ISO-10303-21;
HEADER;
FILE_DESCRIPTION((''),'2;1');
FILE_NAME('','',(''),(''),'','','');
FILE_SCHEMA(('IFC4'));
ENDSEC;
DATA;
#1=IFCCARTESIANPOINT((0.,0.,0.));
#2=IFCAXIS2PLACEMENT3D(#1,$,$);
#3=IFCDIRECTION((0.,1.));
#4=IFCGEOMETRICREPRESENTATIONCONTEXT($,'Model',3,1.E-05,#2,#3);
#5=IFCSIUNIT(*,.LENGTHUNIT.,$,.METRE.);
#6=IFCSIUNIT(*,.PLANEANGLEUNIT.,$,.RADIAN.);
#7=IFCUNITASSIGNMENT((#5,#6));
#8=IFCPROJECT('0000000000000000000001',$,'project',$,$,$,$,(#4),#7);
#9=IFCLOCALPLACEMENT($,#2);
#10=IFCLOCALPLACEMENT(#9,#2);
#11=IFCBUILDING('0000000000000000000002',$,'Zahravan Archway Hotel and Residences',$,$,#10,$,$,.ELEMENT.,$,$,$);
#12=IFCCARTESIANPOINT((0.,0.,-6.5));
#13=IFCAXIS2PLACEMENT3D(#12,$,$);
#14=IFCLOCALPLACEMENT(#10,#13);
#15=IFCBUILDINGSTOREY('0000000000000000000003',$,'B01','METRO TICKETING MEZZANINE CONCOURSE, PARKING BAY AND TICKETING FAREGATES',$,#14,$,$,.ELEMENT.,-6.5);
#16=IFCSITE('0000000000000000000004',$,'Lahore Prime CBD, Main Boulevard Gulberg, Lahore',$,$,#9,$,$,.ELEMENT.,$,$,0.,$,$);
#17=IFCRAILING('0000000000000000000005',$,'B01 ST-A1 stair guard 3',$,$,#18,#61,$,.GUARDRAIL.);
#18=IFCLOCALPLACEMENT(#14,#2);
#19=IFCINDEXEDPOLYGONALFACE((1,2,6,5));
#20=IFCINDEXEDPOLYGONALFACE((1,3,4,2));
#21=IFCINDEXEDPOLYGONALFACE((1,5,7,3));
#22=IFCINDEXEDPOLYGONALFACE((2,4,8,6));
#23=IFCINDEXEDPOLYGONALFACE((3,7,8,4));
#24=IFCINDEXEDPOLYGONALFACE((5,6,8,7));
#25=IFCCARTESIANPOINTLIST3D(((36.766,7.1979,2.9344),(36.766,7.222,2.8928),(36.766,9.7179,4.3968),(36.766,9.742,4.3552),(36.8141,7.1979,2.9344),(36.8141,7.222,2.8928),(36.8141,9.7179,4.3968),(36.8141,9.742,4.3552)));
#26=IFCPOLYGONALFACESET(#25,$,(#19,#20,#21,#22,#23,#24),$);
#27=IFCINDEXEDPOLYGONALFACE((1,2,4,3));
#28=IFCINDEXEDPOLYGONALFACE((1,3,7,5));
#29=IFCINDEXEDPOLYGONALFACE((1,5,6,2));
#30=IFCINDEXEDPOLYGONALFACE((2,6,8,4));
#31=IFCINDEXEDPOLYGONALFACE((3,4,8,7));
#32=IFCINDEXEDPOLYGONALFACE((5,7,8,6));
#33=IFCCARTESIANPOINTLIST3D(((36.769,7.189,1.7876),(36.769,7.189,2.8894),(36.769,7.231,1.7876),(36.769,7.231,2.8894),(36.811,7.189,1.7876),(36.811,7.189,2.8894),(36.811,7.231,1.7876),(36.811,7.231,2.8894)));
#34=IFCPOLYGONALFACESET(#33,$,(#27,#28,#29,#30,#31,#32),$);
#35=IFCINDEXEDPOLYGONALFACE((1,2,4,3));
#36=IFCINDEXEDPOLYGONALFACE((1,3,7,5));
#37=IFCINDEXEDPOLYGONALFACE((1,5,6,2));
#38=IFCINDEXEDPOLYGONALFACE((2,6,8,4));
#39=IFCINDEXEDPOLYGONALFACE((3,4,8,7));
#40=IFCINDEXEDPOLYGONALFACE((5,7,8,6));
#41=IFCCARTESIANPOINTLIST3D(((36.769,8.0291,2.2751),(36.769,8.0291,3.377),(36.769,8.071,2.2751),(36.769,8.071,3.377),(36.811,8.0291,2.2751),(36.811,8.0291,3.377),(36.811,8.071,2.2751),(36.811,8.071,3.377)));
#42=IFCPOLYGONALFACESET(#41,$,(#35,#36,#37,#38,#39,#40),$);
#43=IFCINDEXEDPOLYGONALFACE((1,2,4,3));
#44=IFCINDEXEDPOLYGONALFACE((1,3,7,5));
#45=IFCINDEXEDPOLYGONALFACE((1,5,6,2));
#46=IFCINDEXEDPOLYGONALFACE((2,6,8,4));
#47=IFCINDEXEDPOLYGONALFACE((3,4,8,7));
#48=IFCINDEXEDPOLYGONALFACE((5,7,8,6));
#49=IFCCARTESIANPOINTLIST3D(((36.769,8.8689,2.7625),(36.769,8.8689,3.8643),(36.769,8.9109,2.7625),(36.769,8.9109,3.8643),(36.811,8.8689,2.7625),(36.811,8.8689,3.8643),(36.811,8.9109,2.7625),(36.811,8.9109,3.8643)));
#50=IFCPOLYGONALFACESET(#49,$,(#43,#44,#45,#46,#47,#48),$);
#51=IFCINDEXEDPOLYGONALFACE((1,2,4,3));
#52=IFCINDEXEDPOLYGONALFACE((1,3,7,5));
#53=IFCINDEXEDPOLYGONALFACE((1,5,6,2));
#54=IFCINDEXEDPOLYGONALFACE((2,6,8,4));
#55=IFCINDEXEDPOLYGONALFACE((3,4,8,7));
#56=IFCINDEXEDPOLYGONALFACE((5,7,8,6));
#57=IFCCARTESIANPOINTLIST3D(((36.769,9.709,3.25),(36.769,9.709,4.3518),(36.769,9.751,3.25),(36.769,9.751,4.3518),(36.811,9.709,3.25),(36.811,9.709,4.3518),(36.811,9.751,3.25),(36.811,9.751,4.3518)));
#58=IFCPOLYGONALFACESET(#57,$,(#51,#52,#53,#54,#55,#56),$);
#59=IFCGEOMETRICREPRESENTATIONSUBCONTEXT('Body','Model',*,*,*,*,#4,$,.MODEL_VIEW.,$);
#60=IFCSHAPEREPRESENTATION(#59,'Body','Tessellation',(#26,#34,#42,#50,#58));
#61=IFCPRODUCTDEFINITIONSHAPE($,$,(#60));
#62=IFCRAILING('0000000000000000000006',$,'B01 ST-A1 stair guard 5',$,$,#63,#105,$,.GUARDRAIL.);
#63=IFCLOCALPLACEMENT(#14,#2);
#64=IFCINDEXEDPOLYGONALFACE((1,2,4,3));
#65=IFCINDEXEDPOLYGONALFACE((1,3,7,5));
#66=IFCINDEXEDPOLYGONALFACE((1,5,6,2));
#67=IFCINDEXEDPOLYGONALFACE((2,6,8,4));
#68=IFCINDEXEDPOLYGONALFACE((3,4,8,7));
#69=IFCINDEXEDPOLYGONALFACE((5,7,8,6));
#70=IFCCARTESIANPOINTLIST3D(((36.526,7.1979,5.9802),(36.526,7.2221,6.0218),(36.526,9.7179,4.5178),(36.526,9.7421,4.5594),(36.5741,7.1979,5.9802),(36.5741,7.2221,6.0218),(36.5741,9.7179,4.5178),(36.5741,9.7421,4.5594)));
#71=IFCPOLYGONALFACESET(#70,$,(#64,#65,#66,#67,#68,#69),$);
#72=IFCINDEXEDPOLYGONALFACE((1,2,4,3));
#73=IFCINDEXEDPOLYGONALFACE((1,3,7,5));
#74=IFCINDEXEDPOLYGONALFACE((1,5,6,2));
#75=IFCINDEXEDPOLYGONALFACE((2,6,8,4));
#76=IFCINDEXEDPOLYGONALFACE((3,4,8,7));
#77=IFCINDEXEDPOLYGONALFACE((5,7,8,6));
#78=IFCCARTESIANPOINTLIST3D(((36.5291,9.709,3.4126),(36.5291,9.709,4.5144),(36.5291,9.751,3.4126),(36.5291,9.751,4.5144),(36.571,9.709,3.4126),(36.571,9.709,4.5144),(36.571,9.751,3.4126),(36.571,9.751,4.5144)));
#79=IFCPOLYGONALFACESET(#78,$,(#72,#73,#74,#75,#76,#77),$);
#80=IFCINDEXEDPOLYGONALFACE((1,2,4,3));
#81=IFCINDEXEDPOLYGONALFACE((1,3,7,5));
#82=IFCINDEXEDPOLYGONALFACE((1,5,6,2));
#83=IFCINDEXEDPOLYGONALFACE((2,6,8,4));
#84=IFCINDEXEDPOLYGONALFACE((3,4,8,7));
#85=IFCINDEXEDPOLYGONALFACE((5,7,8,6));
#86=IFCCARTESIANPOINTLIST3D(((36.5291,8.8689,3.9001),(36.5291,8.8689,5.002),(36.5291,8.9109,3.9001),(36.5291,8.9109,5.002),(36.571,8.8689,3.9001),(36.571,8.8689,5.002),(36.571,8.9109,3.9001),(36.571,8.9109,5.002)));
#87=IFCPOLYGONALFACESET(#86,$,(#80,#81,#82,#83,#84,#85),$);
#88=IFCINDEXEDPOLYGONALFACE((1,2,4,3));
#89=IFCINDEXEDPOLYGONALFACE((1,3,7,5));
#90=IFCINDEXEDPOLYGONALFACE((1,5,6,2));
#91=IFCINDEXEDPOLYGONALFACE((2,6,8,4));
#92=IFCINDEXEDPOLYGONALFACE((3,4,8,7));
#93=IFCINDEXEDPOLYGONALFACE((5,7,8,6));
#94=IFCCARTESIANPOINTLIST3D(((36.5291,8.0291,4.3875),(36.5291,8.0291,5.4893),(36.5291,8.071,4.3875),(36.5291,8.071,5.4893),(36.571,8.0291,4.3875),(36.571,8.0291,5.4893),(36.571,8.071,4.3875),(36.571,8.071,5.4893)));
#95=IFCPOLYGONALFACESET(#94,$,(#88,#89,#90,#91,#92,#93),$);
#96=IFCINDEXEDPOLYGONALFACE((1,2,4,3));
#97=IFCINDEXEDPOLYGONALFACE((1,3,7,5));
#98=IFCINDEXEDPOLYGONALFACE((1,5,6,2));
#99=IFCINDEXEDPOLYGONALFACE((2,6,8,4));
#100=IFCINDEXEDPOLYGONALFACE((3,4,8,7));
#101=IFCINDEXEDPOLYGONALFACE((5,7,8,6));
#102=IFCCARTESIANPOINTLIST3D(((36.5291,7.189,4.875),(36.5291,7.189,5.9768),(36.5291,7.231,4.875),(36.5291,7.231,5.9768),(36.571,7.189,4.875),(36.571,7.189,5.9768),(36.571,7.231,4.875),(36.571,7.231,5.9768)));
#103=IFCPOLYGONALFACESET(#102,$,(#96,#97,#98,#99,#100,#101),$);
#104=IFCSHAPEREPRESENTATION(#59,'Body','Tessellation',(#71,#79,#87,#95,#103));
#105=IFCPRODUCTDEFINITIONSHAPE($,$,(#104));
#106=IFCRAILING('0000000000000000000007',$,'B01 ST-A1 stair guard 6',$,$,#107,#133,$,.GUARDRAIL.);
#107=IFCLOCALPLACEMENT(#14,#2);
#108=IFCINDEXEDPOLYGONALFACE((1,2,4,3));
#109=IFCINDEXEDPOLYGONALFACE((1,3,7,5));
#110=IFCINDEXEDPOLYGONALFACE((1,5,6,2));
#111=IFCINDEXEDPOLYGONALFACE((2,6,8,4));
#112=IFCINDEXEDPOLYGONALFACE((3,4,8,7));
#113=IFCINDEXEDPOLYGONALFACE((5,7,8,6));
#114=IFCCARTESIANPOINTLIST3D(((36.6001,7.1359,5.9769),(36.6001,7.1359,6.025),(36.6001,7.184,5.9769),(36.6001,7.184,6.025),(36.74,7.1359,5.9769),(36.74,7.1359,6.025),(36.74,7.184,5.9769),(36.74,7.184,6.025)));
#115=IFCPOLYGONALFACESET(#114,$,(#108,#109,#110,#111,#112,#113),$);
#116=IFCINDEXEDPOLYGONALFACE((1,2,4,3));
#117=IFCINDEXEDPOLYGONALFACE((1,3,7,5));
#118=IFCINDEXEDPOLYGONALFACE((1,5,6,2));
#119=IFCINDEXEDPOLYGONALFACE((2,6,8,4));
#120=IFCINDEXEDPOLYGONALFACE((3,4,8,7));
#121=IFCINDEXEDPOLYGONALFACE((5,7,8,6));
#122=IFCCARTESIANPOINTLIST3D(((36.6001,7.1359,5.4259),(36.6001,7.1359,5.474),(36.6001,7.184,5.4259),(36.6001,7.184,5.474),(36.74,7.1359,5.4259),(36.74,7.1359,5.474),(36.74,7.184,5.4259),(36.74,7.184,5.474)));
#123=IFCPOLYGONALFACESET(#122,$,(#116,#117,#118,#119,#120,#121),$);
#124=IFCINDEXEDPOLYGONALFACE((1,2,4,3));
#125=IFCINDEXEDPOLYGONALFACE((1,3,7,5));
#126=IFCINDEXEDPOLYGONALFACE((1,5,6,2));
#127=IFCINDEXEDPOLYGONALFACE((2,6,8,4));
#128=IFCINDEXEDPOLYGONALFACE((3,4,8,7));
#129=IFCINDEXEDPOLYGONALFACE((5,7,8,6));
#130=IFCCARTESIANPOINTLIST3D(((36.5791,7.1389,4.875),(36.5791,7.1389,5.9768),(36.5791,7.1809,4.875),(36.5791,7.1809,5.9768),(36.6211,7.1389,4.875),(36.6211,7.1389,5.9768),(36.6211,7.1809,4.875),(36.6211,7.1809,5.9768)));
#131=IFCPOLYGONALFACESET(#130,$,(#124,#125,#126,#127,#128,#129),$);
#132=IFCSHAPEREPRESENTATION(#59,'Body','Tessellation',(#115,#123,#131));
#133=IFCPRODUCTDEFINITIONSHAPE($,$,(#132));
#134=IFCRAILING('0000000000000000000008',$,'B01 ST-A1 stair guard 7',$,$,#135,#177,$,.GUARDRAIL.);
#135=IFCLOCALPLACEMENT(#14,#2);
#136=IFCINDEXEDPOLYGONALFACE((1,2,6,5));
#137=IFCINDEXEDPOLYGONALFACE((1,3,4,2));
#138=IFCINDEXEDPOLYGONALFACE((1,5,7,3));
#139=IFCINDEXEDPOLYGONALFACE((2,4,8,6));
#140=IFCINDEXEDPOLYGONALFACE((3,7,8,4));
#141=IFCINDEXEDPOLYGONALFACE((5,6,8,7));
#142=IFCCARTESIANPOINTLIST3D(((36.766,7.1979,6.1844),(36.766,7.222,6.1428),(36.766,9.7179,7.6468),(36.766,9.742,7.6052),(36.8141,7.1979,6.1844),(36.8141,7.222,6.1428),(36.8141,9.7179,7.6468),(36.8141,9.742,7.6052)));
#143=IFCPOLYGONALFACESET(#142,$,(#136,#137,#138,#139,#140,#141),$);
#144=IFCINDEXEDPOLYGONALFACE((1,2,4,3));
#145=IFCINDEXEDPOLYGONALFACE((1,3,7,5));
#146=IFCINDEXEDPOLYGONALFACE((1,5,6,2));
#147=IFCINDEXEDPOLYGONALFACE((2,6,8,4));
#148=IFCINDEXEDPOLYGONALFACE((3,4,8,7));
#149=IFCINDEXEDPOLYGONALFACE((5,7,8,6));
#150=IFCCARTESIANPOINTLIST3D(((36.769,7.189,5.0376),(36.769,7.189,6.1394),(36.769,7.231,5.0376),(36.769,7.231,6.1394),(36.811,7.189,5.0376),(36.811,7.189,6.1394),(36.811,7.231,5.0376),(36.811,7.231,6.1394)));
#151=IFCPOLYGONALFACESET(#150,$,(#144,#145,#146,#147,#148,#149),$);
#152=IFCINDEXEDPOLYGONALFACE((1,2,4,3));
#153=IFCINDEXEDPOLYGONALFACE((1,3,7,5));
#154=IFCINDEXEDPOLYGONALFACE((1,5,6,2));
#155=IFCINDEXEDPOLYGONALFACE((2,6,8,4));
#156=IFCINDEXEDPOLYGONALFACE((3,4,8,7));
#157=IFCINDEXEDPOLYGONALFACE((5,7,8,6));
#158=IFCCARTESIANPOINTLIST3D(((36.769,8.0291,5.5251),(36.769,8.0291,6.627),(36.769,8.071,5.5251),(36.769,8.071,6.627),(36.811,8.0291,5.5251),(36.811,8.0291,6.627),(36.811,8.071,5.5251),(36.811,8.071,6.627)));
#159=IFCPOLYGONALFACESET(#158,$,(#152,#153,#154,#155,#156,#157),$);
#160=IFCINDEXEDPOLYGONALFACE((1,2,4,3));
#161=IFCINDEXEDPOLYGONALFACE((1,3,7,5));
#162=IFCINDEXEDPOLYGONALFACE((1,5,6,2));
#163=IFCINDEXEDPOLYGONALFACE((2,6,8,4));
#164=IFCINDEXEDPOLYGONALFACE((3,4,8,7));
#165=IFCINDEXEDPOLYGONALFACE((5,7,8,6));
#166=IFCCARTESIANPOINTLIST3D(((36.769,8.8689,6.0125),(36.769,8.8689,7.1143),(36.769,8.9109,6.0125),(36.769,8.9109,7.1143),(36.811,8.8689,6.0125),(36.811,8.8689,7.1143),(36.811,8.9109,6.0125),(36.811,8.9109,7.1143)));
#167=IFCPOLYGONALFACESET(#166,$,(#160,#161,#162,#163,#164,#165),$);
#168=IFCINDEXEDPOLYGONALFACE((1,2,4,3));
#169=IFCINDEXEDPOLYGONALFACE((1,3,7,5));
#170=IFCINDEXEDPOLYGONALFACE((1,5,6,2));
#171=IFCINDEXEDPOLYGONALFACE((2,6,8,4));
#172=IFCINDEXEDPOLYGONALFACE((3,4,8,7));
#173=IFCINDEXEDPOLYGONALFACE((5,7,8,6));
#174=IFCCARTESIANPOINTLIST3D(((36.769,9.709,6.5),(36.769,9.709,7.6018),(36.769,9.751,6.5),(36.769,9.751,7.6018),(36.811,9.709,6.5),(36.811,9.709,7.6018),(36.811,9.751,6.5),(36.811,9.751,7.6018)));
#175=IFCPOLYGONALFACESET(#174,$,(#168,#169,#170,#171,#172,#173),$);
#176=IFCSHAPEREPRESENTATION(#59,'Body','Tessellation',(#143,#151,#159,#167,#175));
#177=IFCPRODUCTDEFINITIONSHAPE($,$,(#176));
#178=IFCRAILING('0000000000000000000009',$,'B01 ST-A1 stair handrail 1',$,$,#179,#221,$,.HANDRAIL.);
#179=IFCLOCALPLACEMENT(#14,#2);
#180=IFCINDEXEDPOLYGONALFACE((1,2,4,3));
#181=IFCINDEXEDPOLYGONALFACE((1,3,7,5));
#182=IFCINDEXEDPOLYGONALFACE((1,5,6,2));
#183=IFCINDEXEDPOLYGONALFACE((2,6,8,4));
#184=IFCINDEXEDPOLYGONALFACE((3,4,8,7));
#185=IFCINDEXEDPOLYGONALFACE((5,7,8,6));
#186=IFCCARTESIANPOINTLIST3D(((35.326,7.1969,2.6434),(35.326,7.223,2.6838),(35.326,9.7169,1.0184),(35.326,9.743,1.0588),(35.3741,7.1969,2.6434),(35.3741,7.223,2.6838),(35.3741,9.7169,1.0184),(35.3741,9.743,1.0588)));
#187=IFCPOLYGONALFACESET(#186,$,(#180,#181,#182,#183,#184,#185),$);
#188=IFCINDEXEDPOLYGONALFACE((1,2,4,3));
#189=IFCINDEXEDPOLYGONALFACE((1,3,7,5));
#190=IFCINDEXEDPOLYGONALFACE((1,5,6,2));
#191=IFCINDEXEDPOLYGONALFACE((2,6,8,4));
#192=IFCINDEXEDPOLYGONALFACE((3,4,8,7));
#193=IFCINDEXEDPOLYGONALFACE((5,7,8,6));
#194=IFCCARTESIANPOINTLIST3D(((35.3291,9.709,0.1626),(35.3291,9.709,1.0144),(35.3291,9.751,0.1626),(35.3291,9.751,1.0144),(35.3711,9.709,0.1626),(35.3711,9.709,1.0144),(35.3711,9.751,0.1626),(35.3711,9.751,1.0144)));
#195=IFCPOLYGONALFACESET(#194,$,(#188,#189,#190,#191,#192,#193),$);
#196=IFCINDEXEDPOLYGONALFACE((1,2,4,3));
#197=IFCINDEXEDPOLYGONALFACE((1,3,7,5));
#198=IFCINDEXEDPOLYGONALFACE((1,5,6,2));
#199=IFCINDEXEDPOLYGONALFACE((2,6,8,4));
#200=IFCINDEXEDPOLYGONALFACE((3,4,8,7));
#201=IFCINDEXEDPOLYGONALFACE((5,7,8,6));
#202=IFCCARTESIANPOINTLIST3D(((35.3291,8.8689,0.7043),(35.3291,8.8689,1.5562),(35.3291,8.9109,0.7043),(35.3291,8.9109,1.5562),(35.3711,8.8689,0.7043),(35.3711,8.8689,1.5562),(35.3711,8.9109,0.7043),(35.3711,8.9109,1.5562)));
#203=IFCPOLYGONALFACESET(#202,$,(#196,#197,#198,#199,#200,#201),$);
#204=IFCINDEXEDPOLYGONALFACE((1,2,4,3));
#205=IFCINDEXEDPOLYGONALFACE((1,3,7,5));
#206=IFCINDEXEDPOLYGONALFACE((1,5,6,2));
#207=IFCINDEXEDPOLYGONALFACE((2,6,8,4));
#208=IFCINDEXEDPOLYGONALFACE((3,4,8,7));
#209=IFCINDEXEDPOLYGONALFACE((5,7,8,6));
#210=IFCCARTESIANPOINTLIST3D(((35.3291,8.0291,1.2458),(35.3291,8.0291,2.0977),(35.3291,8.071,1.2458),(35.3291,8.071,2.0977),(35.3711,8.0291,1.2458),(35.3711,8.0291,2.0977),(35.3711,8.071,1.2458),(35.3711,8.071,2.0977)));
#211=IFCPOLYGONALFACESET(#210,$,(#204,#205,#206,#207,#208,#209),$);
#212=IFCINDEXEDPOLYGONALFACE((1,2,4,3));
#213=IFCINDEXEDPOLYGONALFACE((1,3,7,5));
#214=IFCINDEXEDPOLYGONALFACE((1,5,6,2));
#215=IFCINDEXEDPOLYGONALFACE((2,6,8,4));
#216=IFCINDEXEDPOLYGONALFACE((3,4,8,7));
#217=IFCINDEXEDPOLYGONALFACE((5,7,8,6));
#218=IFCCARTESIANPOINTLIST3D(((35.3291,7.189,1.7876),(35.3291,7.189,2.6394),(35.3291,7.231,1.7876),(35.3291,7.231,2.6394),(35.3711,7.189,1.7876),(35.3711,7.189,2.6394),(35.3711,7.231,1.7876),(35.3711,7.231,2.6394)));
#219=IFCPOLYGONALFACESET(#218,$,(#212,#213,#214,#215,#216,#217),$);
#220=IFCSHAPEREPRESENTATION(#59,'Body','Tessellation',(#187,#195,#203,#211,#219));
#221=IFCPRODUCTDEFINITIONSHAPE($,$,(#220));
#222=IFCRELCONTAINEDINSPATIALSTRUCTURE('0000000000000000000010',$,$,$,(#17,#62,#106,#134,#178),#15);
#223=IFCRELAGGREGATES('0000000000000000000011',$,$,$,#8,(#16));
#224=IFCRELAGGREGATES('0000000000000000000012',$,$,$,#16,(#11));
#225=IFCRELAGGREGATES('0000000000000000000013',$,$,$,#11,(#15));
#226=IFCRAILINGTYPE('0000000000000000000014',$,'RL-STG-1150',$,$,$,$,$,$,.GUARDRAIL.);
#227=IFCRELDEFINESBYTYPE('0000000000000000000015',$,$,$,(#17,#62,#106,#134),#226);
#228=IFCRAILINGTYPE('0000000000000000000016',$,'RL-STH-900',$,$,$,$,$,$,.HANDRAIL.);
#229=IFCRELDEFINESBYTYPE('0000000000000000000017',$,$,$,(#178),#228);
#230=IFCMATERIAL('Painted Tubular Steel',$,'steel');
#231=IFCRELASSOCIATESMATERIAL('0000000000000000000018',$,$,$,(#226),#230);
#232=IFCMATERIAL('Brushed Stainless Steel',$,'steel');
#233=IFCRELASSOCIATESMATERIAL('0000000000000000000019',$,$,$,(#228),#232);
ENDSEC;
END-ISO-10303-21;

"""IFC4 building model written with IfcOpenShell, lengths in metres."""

from ifc_helpers import new_model, si_unit, direction, frame, origin, origin_2d, place, context, subcontext, project, spatial, rectangle, extrude, material, type_object, element, save


model = new_model("IFC4")

# Units and contexts
model_context = context("Model", 3, precision=1e-05, world=origin(), true_north=direction((0.0, 1.0)))
body_context = subcontext(model_context, "Body", "Model", "MODEL_VIEW")
ifc_project = project(units=[si_unit("LENGTHUNIT", "METRE"), si_unit("PLANEANGLEUNIT", "RADIAN")], contexts=[model_context])

# Site, building, storey
site_placement = place(None, origin())
site = spatial("IfcSite", under=ifc_project, at=site_placement, Name="Lahore Prime CBD, Main Boulevard Gulberg, Lahore", CompositionType="ELEMENT", RefElevation=0.0)
building_placement = place(site_placement, origin())
building = spatial("IfcBuilding", under=site, at=building_placement, Name="Zahravan Archway Hotel and Residences", CompositionType="ELEMENT")
storey_placement = place(building_placement, frame((0.0, 0.0, -6.5)))
storey = spatial("IfcBuildingStorey", under=building, at=storey_placement, Name="B01", Description="METRO TICKETING MEZZANINE CONCOURSE, PARKING BAY AND TICKETING FAREGATES", CompositionType="ELEMENT", Elevation=-6.5)

# Railings
ifc_material_1 = material(Name="Painted Tubular Steel", Category="steel")
railing_type_1 = type_object("IfcRailingType", Name="RL-STG-1150", PredefinedType="GUARDRAIL", material=ifc_material_1)
railing_1_placement = place(storey_placement, frame((36.79, 7.21, 1.7876)))
element("IfcRailing", 1, at=railing_1_placement, inside=storey, type_object=railing_type_1, Name="B01 ST-A1 stair guard 3", PredefinedType="GUARDRAIL", context=body_context, shape_type="SweptSolid", body=[
    extrude(rectangle(XDim=0.0481, YDim=0.0481, at=origin_2d()), frame((0.0, 0.0, 1.126), z_axis=(0.0, 0.864913, 0.501921), x_axis=(-1.0, 0.0, 0.0)), (0.0, 0.0, 1.0), 2.9136),
    extrude(rectangle(XDim=0.042, YDim=0.042, at=origin_2d()), origin(), (0.0, 0.0, 1.0), 1.1018),
    extrude(rectangle(XDim=0.042, YDim=0.042, at=origin_2d()), frame((0.0, 0.8401, 0.4875)), (0.0, 0.0, 1.0), 1.1018),
    extrude(rectangle(XDim=0.042, YDim=0.042, at=origin_2d()), frame((0.0, 1.6799, 0.9749)), (0.0, 0.0, 1.0), 1.1018),
    extrude(rectangle(XDim=0.042, YDim=0.042, at=origin_2d()), frame((0.0, 2.52, 1.4624)), (0.0, 0.0, 1.0), 1.1018),
])
railing_2_placement = place(storey_placement, frame((36.55, 9.73, 3.4126)))
element("IfcRailing", 2, at=railing_2_placement, inside=storey, type_object=railing_type_1, Name="B01 ST-A1 stair guard 5", PredefinedType="GUARDRAIL", context=body_context, shape_type="SweptSolid", body=[
    extrude(rectangle(XDim=0.0481, YDim=0.0481, at=origin_2d()), frame((0.0, 0.0, 1.126), z_axis=(0.0, -0.864913, 0.501921), x_axis=(1.0, 0.0, 0.0)), (0.0, 0.0, 1.0), 2.9136),
    extrude(rectangle(XDim=0.042, YDim=0.042, at=origin_2d()), origin(), (0.0, 0.0, 1.0), 1.1018),
    extrude(rectangle(XDim=0.042, YDim=0.042, at=origin_2d()), frame((0.0, -0.8401, 0.4875)), (0.0, 0.0, 1.0), 1.1018),
    extrude(rectangle(XDim=0.042, YDim=0.042, at=origin_2d()), frame((0.0, -1.6799, 0.9749)), (0.0, 0.0, 1.0), 1.1018),
    extrude(rectangle(XDim=0.042, YDim=0.042, at=origin_2d()), frame((0.0, -2.52, 1.4624)), (0.0, 0.0, 1.0), 1.1018),
])
railing_3_placement = place(storey_placement, frame((36.6001, 7.1599, 4.875)))
element("IfcRailing", 3, at=railing_3_placement, inside=storey, type_object=railing_type_1, Name="B01 ST-A1 stair guard 6", PredefinedType="GUARDRAIL", context=body_context, shape_type="SweptSolid", body=[
    extrude(rectangle(XDim=0.0481, YDim=0.0481, at=origin_2d()), frame((0.0, 0.0, 1.126), z_axis=(1.0, 0.0, 0.0), x_axis=(0.0, 1.0, 0.0)), (0.0, 0.0, 1.0), 0.1399),
    extrude(rectangle(XDim=0.0481, YDim=0.0481, at=origin_2d()), frame((0.0, 0.0, 0.575), z_axis=(1.0, 0.0, 0.0), x_axis=(0.0, 1.0, 0.0)), (0.0, 0.0, 1.0), 0.1399),
    extrude(rectangle(XDim=0.042, YDim=0.042, at=origin_2d()), origin(), (0.0, 0.0, 1.0), 1.1018),
])
railing_4_placement = place(storey_placement, frame((36.79, 7.21, 5.0376)))
element("IfcRailing", 4, at=railing_4_placement, inside=storey, type_object=railing_type_1, Name="B01 ST-A1 stair guard 7", PredefinedType="GUARDRAIL", context=body_context, shape_type="SweptSolid", body=[
    extrude(rectangle(XDim=0.0481, YDim=0.0481, at=origin_2d()), frame((0.0, 0.0, 1.126), z_axis=(0.0, 0.864913, 0.501921), x_axis=(-1.0, 0.0, 0.0)), (0.0, 0.0, 1.0), 2.9136),
    extrude(rectangle(XDim=0.042, YDim=0.042, at=origin_2d()), origin(), (0.0, 0.0, 1.0), 1.1018),
    extrude(rectangle(XDim=0.042, YDim=0.042, at=origin_2d()), frame((0.0, 0.8401, 0.4875)), (0.0, 0.0, 1.0), 1.1018),
    extrude(rectangle(XDim=0.042, YDim=0.042, at=origin_2d()), frame((0.0, 1.6799, 0.9749)), (0.0, 0.0, 1.0), 1.1018),
    extrude(rectangle(XDim=0.042, YDim=0.042, at=origin_2d()), frame((0.0, 2.52, 1.4624)), (0.0, 0.0, 1.0), 1.1018),
])
ifc_material_2 = material(Name="Brushed Stainless Steel", Category="steel")
railing_type_2 = type_object("IfcRailingType", Name="RL-STH-900", PredefinedType="HANDRAIL", material=ifc_material_2)
railing_5_placement = place(storey_placement, frame((35.3501, 9.73, 0.1626)))
element("IfcRailing", 5, at=railing_5_placement, inside=storey, type_object=railing_type_2, Name="B01 ST-A1 stair handrail 1", PredefinedType="HANDRAIL", context=body_context, shape_type="SweptSolid", body=[
    extrude(rectangle(XDim=0.0481, YDim=0.0481, at=origin_2d()), frame((0.0, 0.0, 0.876), z_axis=(0.0, -0.840421, 0.541934), x_axis=(1.0, 0.0, 0.0)), (0.0, 0.0, 1.0), 2.9985),
    extrude(rectangle(XDim=0.042, YDim=0.042, at=origin_2d()), origin(), (0.0, 0.0, 1.0), 0.8518),
    extrude(rectangle(XDim=0.042, YDim=0.042, at=origin_2d()), frame((0.0, -0.8401, 0.5417)), (0.0, 0.0, 1.0), 0.8518),
    extrude(rectangle(XDim=0.042, YDim=0.042, at=origin_2d()), frame((0.0, -1.6799, 1.0833)), (0.0, 0.0, 1.0), 0.8518),
    extrude(rectangle(XDim=0.042, YDim=0.042, at=origin_2d()), frame((0.0, -2.52, 1.625)), (0.0, 0.0, 1.0), 0.8518),
])

save(model, "model.ifc")
